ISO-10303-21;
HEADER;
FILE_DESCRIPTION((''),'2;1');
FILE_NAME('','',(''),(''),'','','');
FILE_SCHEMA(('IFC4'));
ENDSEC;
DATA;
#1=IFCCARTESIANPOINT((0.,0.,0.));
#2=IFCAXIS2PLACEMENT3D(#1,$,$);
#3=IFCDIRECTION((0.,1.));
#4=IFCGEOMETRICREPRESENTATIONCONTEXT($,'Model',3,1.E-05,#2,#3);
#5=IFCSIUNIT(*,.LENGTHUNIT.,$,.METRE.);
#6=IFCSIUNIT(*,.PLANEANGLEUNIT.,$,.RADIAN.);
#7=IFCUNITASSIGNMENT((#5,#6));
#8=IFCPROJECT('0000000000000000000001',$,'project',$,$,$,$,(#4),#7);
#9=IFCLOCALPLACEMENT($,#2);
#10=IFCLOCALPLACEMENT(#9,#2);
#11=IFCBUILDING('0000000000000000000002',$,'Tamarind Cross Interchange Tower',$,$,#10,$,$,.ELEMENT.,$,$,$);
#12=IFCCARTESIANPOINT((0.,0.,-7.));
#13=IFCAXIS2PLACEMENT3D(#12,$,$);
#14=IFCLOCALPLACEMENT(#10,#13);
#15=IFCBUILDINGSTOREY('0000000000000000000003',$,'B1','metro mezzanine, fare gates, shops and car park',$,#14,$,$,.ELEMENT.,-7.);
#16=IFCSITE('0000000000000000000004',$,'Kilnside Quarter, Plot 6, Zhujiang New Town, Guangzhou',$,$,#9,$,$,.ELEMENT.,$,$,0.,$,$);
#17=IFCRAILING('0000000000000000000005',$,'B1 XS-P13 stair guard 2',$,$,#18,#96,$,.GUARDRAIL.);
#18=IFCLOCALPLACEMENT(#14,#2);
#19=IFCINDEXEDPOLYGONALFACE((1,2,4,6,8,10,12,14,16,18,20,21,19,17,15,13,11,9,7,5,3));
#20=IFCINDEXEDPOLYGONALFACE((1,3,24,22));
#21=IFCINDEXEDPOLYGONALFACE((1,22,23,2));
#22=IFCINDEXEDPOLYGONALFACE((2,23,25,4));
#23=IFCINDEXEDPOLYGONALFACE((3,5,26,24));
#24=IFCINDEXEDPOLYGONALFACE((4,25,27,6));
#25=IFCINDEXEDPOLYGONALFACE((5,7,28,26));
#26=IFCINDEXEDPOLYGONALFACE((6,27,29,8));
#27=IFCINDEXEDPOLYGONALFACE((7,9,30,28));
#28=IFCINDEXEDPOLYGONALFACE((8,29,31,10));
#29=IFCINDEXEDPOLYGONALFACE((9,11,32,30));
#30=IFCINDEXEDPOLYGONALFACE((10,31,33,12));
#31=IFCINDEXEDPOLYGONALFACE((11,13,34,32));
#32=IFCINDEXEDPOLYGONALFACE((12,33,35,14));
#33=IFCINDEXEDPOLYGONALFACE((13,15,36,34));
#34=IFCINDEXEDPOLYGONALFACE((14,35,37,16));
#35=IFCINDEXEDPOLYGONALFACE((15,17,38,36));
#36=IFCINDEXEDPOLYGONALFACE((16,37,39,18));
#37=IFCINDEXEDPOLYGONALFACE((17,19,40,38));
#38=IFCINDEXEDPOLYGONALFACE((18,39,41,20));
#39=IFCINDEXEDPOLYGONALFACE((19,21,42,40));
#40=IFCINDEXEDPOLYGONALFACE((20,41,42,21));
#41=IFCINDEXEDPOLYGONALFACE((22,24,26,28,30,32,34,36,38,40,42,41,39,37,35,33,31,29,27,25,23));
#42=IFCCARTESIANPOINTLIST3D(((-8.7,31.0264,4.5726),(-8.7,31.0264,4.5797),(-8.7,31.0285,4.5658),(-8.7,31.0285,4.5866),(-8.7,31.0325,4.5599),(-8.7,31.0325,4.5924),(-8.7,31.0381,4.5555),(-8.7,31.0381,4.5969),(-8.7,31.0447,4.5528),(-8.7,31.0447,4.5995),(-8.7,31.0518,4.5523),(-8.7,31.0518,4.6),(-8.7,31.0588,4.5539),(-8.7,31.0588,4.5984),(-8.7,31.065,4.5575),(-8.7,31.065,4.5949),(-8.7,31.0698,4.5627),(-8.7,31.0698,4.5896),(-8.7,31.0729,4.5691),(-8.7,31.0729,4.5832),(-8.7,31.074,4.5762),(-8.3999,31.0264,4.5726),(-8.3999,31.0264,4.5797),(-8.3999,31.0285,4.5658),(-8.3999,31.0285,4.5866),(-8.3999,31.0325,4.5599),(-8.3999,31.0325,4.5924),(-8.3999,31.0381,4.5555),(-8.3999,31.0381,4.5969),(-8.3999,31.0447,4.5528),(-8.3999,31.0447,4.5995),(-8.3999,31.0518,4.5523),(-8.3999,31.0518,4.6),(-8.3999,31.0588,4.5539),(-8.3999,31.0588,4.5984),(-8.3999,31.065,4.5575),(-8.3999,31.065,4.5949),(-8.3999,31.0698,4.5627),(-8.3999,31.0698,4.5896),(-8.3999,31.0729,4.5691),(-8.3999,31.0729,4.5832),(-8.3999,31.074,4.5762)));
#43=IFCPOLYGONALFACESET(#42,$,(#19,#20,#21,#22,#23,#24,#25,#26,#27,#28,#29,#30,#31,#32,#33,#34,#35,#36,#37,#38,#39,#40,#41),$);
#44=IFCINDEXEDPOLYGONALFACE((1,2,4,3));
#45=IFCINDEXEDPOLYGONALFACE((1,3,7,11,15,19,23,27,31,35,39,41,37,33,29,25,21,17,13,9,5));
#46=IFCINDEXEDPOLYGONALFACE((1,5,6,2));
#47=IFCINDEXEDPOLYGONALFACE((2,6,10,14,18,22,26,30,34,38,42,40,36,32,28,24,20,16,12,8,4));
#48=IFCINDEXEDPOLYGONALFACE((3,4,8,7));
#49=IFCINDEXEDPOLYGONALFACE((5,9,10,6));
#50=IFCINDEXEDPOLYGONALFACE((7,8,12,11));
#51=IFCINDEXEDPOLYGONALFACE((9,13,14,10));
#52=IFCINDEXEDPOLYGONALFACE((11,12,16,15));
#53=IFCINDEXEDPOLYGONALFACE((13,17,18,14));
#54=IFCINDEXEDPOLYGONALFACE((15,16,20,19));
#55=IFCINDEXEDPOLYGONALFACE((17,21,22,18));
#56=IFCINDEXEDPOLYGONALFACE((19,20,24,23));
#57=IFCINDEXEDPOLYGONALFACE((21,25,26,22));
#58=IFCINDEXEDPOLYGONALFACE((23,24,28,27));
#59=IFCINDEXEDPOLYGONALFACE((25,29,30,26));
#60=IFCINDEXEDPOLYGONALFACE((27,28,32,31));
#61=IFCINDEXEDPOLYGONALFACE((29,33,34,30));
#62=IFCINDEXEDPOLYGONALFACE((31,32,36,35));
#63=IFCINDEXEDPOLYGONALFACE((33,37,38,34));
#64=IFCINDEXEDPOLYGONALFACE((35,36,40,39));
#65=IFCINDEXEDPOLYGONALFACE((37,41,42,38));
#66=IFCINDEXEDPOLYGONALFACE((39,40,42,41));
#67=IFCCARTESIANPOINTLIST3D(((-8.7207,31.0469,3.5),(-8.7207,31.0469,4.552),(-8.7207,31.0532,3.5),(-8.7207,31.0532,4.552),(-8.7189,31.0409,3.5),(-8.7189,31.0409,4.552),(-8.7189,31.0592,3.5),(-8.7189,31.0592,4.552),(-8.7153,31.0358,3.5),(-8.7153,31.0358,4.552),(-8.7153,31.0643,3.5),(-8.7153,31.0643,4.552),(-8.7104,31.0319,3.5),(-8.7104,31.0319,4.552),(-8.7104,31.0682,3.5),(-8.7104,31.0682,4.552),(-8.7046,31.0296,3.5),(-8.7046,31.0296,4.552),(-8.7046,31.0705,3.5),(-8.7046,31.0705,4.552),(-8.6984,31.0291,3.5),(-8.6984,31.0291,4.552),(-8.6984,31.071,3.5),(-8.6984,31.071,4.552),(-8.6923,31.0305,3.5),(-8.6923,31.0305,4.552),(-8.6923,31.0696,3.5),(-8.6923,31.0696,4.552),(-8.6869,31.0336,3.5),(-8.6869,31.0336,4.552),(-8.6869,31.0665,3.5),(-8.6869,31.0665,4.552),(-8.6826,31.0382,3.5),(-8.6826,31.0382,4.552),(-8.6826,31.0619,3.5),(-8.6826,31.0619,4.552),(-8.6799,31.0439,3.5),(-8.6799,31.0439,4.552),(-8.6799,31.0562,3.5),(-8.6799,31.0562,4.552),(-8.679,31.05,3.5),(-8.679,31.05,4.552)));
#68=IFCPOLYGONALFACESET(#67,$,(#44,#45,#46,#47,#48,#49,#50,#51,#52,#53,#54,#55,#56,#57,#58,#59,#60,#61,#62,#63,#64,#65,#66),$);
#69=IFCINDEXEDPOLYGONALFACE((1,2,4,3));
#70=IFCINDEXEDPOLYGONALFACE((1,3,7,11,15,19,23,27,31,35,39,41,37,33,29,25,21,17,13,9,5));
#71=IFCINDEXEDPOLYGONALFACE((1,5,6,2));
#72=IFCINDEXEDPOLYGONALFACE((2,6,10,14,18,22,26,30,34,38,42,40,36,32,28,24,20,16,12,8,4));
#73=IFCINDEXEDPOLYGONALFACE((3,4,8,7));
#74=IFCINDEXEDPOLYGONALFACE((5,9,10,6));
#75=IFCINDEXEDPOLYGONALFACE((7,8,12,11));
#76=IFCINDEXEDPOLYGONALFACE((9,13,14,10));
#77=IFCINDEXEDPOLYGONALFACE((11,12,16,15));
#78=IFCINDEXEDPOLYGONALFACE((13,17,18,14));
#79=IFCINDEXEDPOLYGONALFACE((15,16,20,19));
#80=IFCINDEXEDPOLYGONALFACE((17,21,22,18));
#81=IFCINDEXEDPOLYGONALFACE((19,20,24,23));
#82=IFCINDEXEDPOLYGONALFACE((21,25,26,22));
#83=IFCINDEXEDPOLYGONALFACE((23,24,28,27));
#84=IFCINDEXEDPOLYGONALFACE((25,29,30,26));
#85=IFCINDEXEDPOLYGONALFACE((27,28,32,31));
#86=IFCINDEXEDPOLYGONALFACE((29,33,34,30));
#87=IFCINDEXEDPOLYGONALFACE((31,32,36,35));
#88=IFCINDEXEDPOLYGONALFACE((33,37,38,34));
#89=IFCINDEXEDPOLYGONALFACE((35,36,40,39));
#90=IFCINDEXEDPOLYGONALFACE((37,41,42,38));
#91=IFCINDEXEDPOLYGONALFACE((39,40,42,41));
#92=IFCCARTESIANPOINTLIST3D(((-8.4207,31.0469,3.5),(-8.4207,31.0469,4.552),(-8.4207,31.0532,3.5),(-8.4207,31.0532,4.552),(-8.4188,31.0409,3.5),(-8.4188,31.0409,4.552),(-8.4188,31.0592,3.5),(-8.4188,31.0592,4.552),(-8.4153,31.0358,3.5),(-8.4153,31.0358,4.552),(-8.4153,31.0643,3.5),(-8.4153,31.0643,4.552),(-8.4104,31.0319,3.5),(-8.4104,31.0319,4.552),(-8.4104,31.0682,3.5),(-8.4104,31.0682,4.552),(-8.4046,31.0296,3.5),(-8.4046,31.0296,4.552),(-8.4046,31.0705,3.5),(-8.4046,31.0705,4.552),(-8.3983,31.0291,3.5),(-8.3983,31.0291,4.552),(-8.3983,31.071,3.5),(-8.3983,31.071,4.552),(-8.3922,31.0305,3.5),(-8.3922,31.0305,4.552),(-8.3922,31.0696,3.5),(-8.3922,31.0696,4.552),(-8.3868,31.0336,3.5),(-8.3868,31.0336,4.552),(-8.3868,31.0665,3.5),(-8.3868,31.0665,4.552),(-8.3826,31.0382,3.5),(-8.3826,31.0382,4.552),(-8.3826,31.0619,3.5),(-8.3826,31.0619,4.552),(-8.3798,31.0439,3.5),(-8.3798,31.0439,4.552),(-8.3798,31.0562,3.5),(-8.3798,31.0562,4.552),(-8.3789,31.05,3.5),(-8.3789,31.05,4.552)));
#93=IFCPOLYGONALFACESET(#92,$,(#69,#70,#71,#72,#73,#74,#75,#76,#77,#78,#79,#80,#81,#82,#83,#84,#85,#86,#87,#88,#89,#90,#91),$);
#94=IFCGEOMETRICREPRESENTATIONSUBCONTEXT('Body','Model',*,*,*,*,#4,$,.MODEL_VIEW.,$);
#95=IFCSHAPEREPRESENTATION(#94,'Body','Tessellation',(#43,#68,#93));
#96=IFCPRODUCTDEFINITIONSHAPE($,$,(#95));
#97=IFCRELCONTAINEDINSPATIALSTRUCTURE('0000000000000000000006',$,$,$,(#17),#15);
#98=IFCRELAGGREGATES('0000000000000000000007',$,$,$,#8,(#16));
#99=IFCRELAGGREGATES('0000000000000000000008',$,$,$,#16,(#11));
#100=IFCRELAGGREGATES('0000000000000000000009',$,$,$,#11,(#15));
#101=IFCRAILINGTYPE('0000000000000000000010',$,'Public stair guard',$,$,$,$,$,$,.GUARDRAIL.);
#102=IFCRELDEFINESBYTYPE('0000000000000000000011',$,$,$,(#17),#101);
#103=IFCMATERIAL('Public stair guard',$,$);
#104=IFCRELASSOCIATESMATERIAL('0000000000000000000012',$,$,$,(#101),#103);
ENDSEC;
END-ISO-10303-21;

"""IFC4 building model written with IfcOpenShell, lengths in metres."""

from ifc_helpers import new_model, si_unit, direction, frame, origin, origin_2d, place, context, subcontext, project, spatial, circle, extrude, material, type_object, element, save


model = new_model("IFC4")

# Units and contexts
model_context = context("Model", 3, precision=1e-05, world=origin(), true_north=direction((0.0, 1.0)))
body_context = subcontext(model_context, "Body", "Model", "MODEL_VIEW")
ifc_project = project(units=[si_unit("LENGTHUNIT", "METRE"), si_unit("PLANEANGLEUNIT", "RADIAN")], contexts=[model_context])

# Site, building, storey
site_placement = place(None, origin())
site = spatial("IfcSite", under=ifc_project, at=site_placement, Name="Kilnside Quarter, Plot 6, Zhujiang New Town, Guangzhou", CompositionType="ELEMENT", RefElevation=0.0)
building_placement = place(site_placement, origin())
building = spatial("IfcBuilding", under=site, at=building_placement, Name="Tamarind Cross Interchange Tower", CompositionType="ELEMENT")
storey_placement = place(building_placement, frame((0.0, 0.0, -7.0)))
storey = spatial("IfcBuildingStorey", under=building, at=storey_placement, Name="B1", Description="metro mezzanine, fare gates, shops and car park", CompositionType="ELEMENT", Elevation=-7.0)

# Railing
ifc_material_1 = material(Name="Public stair guard")
railing_type_1 = type_object("IfcRailingType", Name="Public stair guard", PredefinedType="GUARDRAIL", material=ifc_material_1)
railing_1_placement = place(storey_placement, frame((-8.7, 31.05, 3.5)))
element("IfcRailing", 1, at=railing_1_placement, inside=storey, type_object=railing_type_1, Name="B1 XS-P13 stair guard 2", PredefinedType="GUARDRAIL", context=body_context, shape_type="SweptSolid", body=[
    extrude(circle(Radius=0.0239, at=origin_2d()), frame((0.0, 0.0, 1.0762), z_axis=(1.0, 0.0, 0.0), x_axis=(0.0, 1.0, 0.0)), (0.0, 0.0, 1.0), 0.3),
    extrude(circle(Radius=0.021, at=origin_2d()), origin(), (0.0, 0.0, 1.0), 1.052),
    extrude(circle(Radius=0.021, at=origin_2d()), frame((0.3, 0.0, 0.0)), (0.0, 0.0, 1.0), 1.052),
])

save(model, "model.ifc")
